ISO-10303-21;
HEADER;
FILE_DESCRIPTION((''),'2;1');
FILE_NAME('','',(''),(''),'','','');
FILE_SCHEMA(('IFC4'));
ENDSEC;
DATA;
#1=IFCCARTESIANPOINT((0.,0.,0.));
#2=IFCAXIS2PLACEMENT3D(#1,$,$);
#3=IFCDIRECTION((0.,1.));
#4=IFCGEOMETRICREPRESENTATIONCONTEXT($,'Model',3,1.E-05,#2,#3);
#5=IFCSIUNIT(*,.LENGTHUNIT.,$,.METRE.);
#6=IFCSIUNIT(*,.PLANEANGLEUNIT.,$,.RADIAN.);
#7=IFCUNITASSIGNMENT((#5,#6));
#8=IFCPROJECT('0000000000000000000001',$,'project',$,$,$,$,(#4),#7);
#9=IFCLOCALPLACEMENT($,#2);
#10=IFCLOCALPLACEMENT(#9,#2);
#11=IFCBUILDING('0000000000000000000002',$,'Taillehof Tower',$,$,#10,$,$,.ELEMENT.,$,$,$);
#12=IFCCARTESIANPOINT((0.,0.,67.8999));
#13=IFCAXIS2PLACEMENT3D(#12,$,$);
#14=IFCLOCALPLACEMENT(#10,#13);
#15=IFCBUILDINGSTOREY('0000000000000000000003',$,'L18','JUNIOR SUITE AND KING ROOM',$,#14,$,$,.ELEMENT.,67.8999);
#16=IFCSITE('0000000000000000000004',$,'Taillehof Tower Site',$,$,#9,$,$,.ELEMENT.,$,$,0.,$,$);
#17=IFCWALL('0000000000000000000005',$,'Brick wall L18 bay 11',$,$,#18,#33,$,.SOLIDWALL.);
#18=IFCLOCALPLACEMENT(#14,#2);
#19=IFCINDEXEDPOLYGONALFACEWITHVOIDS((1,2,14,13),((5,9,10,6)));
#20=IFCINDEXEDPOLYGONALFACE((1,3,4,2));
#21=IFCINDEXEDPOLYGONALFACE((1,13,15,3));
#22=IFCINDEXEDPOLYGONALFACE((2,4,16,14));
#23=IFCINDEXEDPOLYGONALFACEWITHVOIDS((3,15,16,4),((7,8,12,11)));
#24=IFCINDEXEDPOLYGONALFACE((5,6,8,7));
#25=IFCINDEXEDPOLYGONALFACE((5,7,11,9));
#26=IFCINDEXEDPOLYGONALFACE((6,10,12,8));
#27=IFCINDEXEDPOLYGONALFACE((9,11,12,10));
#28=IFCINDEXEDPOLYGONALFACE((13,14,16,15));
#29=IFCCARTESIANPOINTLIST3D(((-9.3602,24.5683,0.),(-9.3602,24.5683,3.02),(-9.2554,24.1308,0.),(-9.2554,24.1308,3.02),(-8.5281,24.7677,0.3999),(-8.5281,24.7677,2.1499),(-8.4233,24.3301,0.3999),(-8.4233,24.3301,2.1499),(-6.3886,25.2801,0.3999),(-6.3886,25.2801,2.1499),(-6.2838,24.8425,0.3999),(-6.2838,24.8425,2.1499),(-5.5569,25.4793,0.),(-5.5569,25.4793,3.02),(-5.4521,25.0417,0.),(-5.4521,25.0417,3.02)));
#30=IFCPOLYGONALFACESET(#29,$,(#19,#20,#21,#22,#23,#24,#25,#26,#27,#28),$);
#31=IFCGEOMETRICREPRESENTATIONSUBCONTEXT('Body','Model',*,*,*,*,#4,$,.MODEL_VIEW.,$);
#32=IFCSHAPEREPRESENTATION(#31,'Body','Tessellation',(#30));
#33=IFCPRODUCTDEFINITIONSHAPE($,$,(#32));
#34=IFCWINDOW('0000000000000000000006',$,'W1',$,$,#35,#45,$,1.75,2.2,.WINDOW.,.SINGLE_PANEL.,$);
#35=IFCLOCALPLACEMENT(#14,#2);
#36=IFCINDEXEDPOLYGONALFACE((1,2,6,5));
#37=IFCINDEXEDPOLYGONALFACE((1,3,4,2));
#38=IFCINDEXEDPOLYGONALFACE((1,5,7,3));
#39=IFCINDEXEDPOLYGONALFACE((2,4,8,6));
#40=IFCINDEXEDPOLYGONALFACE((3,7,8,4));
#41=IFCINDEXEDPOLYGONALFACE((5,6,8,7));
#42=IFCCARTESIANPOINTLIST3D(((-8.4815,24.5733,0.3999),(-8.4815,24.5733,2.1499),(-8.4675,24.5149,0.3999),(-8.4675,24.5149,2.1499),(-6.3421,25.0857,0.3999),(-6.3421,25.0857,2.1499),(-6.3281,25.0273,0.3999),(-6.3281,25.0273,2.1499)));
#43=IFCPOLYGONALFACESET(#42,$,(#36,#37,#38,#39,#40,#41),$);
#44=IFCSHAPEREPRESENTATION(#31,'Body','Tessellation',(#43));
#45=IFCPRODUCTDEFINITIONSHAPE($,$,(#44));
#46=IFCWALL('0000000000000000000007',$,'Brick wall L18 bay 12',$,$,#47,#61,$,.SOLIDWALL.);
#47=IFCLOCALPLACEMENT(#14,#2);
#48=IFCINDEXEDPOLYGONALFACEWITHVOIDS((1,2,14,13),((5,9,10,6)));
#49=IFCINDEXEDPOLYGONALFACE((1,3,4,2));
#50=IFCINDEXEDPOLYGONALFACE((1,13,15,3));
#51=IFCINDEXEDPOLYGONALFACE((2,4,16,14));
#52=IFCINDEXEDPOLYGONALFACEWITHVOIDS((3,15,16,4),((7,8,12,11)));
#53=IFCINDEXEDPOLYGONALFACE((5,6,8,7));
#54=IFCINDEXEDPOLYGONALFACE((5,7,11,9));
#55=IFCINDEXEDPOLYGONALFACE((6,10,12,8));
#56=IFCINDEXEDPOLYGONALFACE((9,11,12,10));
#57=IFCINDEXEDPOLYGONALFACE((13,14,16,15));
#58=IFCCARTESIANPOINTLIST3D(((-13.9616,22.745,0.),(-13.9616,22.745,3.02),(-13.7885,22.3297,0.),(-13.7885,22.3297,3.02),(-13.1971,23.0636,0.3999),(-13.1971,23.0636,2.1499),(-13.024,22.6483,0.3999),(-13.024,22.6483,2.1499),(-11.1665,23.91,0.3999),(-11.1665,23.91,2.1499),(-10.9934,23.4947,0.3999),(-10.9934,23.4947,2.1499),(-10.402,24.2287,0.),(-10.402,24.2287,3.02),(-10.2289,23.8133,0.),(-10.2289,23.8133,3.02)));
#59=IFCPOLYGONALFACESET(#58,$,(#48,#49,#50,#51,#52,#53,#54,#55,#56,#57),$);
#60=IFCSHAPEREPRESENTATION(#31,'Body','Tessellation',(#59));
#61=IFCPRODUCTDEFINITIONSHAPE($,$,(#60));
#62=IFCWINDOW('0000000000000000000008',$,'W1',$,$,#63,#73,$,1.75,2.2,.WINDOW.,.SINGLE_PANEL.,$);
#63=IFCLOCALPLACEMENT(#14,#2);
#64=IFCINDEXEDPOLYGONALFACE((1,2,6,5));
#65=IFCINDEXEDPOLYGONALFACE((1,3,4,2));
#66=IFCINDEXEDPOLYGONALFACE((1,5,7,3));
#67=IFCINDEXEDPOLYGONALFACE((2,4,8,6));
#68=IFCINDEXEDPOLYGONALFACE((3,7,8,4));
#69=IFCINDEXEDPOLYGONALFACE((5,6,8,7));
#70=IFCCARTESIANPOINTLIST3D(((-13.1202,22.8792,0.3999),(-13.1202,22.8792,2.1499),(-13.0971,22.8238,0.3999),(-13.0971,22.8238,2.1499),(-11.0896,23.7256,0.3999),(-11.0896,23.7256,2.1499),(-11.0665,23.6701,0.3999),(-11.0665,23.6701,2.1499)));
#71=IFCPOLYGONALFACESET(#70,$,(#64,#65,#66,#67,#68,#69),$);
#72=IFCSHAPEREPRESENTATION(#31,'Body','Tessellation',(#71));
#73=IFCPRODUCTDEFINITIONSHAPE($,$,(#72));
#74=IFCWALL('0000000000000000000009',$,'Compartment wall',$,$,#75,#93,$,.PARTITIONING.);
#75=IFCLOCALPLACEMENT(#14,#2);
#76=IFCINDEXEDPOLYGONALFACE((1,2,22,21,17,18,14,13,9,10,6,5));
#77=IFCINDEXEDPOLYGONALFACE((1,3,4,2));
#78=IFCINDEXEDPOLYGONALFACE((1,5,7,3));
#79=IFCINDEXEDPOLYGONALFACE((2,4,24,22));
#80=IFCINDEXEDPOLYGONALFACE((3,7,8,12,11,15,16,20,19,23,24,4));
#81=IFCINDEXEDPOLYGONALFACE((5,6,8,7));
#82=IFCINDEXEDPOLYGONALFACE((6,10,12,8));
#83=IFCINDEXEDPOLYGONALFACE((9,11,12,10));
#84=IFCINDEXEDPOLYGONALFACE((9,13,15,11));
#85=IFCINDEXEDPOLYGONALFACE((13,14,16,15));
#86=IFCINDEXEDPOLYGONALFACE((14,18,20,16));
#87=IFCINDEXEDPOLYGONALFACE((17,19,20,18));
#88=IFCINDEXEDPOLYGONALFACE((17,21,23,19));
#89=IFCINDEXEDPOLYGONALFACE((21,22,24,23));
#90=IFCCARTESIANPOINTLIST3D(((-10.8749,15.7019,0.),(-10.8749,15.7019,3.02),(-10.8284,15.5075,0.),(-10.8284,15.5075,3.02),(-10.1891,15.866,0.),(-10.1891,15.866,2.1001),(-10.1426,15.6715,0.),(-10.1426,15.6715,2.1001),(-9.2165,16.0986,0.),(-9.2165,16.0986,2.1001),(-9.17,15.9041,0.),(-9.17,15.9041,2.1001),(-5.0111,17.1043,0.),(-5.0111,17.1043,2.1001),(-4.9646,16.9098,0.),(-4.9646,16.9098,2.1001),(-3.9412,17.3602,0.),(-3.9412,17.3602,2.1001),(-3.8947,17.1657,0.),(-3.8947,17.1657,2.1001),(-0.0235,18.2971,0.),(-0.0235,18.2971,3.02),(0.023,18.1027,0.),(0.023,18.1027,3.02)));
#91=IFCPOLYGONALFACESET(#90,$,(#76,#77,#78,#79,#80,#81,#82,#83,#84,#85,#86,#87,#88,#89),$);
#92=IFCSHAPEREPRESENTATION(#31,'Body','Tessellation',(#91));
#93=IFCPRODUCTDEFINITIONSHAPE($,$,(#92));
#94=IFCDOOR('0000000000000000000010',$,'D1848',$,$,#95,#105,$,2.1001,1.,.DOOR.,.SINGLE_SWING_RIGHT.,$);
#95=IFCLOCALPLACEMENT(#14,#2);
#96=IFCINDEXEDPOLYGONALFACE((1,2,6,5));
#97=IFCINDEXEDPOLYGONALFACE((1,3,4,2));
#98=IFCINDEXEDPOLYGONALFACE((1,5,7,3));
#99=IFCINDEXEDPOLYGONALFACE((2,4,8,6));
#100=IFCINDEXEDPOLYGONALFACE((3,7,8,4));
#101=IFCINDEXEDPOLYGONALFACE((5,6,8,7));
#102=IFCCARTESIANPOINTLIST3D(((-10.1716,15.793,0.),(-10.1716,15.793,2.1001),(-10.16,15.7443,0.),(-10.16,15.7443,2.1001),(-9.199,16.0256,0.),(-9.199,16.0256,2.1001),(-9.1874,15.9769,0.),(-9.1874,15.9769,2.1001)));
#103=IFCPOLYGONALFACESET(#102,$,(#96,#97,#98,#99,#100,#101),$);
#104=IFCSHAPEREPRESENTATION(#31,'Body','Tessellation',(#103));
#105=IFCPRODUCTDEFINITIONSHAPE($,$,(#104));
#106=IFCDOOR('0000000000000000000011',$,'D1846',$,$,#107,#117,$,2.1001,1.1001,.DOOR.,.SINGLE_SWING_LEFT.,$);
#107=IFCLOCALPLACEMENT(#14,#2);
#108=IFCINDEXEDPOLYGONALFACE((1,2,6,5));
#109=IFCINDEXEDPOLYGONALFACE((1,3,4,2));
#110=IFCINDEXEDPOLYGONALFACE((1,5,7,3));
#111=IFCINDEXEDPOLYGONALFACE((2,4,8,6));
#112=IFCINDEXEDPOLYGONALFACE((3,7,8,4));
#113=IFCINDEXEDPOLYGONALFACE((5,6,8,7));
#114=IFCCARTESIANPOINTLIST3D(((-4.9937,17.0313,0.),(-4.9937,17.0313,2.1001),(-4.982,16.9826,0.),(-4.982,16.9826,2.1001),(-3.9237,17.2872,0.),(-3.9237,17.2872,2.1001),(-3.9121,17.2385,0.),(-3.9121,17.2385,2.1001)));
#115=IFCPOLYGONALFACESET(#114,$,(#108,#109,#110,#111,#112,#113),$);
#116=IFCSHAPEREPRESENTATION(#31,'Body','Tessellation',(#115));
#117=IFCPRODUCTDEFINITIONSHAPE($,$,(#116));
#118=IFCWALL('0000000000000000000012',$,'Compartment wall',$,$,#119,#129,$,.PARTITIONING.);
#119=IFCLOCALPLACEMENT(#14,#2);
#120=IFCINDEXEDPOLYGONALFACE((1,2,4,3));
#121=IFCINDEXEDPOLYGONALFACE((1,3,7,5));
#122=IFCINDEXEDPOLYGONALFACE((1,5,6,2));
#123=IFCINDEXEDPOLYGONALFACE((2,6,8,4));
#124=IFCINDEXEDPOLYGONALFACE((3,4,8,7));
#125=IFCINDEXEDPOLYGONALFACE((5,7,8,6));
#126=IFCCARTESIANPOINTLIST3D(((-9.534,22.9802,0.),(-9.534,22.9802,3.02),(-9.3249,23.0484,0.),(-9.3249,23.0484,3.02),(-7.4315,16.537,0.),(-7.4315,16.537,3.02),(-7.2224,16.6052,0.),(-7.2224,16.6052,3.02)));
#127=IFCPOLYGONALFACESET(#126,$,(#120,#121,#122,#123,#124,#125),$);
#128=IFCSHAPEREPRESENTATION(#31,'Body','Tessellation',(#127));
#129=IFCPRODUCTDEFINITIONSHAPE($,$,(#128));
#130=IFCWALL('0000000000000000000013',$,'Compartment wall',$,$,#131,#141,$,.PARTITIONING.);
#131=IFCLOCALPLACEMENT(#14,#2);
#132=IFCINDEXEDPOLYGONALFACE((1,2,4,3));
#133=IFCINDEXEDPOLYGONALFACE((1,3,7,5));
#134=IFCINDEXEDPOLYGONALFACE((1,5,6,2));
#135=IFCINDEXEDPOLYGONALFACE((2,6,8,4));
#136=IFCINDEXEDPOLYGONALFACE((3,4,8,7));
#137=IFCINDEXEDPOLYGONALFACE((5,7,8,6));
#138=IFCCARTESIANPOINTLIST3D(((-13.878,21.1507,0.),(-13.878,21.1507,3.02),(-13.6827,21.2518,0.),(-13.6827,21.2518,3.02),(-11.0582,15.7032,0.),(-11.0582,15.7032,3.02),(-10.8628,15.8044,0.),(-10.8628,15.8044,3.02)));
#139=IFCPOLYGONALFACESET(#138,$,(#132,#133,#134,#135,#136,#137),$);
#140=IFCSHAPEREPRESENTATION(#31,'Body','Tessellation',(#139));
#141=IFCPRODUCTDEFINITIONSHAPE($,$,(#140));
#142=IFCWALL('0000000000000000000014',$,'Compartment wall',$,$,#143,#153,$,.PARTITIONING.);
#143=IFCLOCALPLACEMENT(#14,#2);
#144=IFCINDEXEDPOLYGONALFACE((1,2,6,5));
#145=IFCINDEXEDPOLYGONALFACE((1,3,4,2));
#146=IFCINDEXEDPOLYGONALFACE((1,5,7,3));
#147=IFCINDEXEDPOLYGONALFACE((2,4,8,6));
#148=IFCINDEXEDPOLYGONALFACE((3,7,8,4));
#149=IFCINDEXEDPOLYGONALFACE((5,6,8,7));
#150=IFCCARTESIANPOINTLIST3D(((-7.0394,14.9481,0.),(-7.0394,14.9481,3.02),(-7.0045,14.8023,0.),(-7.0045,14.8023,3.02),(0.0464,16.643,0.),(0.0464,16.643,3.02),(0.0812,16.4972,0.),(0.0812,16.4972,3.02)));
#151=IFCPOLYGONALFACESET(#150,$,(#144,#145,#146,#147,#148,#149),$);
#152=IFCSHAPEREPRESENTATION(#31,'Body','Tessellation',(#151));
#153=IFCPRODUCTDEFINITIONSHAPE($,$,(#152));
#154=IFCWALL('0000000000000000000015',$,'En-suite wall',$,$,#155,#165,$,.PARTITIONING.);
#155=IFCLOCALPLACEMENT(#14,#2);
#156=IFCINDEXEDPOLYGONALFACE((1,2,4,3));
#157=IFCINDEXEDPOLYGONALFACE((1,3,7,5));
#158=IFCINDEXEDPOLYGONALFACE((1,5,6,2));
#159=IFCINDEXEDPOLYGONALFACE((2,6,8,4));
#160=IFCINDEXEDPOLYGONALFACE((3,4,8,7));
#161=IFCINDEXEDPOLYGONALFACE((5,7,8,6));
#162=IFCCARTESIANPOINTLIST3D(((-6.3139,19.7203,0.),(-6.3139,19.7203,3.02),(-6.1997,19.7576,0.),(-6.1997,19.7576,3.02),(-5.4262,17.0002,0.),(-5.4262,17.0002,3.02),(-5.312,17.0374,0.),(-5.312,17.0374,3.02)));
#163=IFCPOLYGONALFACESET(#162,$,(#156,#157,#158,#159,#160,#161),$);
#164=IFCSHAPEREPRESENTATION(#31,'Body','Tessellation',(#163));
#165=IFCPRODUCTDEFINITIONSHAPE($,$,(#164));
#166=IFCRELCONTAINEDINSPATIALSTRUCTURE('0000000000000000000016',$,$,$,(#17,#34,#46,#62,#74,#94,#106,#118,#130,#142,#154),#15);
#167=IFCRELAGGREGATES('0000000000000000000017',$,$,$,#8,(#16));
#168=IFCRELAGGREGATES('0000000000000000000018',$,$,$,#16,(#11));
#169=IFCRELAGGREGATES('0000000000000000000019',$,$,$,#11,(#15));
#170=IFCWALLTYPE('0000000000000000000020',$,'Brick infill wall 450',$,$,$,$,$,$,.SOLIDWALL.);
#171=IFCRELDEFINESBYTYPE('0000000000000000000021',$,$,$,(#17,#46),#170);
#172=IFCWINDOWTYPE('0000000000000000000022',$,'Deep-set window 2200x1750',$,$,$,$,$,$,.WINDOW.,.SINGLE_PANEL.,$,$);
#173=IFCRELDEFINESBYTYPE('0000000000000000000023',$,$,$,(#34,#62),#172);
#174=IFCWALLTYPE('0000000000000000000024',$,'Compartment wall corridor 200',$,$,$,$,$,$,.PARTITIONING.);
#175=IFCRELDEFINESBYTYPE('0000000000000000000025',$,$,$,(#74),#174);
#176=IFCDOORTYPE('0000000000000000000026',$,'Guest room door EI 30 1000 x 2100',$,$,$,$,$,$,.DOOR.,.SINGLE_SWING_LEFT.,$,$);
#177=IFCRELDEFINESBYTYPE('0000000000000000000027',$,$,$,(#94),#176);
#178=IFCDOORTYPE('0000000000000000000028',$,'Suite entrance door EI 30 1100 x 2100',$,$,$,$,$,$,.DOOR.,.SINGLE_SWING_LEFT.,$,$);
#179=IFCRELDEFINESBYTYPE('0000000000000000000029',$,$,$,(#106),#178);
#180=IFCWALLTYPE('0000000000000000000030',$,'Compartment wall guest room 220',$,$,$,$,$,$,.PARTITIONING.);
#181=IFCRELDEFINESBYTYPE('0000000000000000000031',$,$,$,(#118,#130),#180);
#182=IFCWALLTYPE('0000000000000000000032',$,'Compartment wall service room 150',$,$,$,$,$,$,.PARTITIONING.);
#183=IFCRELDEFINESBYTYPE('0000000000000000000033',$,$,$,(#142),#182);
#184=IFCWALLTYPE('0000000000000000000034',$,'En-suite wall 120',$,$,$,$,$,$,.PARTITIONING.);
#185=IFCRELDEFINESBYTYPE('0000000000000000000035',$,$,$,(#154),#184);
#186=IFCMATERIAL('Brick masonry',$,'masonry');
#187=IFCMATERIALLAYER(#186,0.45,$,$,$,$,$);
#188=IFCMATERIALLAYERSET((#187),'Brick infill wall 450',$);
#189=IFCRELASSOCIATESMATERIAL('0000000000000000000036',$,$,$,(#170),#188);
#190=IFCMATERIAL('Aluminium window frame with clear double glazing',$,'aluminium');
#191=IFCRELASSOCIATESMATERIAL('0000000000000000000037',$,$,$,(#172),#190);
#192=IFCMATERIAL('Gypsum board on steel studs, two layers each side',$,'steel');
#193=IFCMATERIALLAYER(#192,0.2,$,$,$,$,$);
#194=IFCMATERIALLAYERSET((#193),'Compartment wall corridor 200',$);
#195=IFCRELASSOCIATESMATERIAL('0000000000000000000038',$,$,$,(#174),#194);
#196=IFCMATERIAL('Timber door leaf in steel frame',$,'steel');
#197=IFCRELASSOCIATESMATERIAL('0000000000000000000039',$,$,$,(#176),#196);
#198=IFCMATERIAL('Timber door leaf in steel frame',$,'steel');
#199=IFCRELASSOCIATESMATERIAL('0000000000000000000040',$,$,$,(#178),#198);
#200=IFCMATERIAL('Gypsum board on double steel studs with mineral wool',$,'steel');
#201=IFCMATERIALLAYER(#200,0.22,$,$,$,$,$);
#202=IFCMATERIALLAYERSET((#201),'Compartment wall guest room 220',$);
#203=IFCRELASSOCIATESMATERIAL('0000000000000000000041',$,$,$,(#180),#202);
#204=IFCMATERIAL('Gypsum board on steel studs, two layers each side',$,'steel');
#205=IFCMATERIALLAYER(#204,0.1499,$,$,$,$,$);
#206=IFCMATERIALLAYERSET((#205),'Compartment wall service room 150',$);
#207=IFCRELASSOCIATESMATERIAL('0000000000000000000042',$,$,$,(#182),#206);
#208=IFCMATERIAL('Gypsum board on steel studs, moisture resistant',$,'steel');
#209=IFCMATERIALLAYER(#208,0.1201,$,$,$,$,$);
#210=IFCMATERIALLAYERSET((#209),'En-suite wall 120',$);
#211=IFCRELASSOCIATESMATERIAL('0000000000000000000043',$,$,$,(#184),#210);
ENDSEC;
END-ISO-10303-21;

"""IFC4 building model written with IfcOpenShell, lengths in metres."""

from ifc_helpers import new_model, si_unit, direction, frame, frame_2d, origin, place, context, subcontext, project, spatial, rectangle, extrude, material, layer, layer_set, type_object, element, fill, save


model = new_model("IFC4")

# Units and contexts
model_context = context("Model", 3, precision=1e-05, world=origin(), true_north=direction((0.0, 1.0)))
body_context = subcontext(model_context, "Body", "Model", "MODEL_VIEW")
ifc_project = project(units=[si_unit("LENGTHUNIT", "METRE"), si_unit("PLANEANGLEUNIT", "RADIAN")], contexts=[model_context])

# Site, building, storey
site_placement = place(None, origin())
site = spatial("IfcSite", under=ifc_project, at=site_placement, Name="Taillehof Tower Site", CompositionType="ELEMENT", RefElevation=0.0)
building_placement = place(site_placement, origin())
building = spatial("IfcBuilding", under=site, at=building_placement, Name="Taillehof Tower", CompositionType="ELEMENT")
storey_placement = place(building_placement, frame((0.0, 0.0, 67.8999)))
storey = spatial("IfcBuildingStorey", under=building, at=storey_placement, Name="L18", Description="JUNIOR SUITE AND KING ROOM", CompositionType="ELEMENT", Elevation=67.8999)

# Walls, openings, windows
ifc_material_1 = material(Name="Brick masonry", Category="masonry")
ifc_layer_1 = layer(ifc_material_1, 0.45)
ifc_layer_set_1 = layer_set([ifc_layer_1], Name="Brick infill wall 450")
wall_type_1 = type_object("IfcWallType", Name="Brick infill wall 450", PredefinedType="SOLIDWALL", material=ifc_layer_set_1)
ifc_material_2 = material(Name="Aluminium window frame with clear double glazing", Category="aluminium")
window_type = type_object("IfcWindowType", Name="Deep-set window 2200x1750", PartitioningType="SINGLE_PANEL", PredefinedType="WINDOW", material=ifc_material_2)
wall_1_placement = place(storey_placement, frame((-5.5044, 25.2605, 0.0), z_axis=(0.0, 0.0, 1.0), x_axis=(-0.972497, -0.232917, 0.0)))
wall_1 = element("IfcWall", 1, at=wall_1_placement, inside=storey, type_object=wall_type_1, Name="Brick wall L18 bay 11", PredefinedType="SOLIDWALL", context=body_context, shape_type="SweptSolid", body=[
    extrude(rectangle(XDim=3.9109, YDim=0.45, at=frame_2d((1.9556, 0.0))), origin(), (0.0, 0.0, 1.0), 3.02),
])
opening_1_placement = place(wall_1_placement, frame((0.8552, 0.0, 0.3999)))
opening_1 = element("IfcOpeningElement", 2, at=opening_1_placement, cuts=wall_1, PredefinedType="OPENING", context=body_context, shape_type="SweptSolid", body=[
    extrude(rectangle(XDim=2.2, YDim=1.75, at=frame_2d((1.1001, 0.875))), frame((0.0, 0.2349, 0.0), z_axis=(0.0, -1.0, 0.0), x_axis=(1.0, 0.0, 0.0)), (0.0, 0.0, 1.0), 0.47),
])
window_1_placement = place(opening_1_placement, origin())
window_1 = element("IfcWindow", 3, at=window_1_placement, inside=storey, type_object=window_type, Name="W1", OverallHeight=1.75, OverallWidth=2.2, PartitioningType="SINGLE_PANEL", PredefinedType="WINDOW", context=body_context, shape_type="SweptSolid", body=[
    extrude(rectangle(XDim=2.2, YDim=1.75, at=frame_2d((1.1001, 0.875))), frame((0.0, 0.0349, 0.0), z_axis=(0.0, -1.0, 0.0), x_axis=(1.0, 0.0, 0.0)), (0.0, 0.0, 1.0), 0.0601),
])
fill(opening_1, window_1)
wall_2_placement = place(storey_placement, frame((-10.3154, 24.021, 0.0), z_axis=(0.0, 0.0, 1.0), x_axis=(-0.923032, -0.384723, 0.0)))
wall_2 = element("IfcWall", 4, at=wall_2_placement, inside=storey, type_object=wall_type_1, Name="Brick wall L18 bay 12", PredefinedType="SOLIDWALL", context=body_context, shape_type="SweptSolid", body=[
    extrude(rectangle(XDim=3.8564, YDim=0.45, at=frame_2d((1.9282, 0.0))), origin(), (0.0, 0.0, 1.0), 3.02),
])
opening_2_placement = place(wall_2_placement, frame((0.8281, 0.0, 0.3999)))
opening_2 = element("IfcOpeningElement", 5, at=opening_2_placement, cuts=wall_2, PredefinedType="OPENING", context=body_context, shape_type="SweptSolid", body=[
    extrude(rectangle(XDim=2.2, YDim=1.75, at=frame_2d((1.1001, 0.875))), frame((0.0, 0.2349, 0.0), z_axis=(0.0, -1.0, 0.0), x_axis=(1.0, 0.0, 0.0)), (0.0, 0.0, 1.0), 0.47),
])
window_2_placement = place(opening_2_placement, origin())
window_2 = element("IfcWindow", 6, at=window_2_placement, inside=storey, type_object=window_type, Name="W1", OverallHeight=1.75, OverallWidth=2.2, PartitioningType="SINGLE_PANEL", PredefinedType="WINDOW", context=body_context, shape_type="SweptSolid", body=[
    extrude(rectangle(XDim=2.2, YDim=1.75, at=frame_2d((1.1001, 0.875))), frame((0.0, 0.0349, 0.0), z_axis=(0.0, -1.0, 0.0), x_axis=(1.0, 0.0, 0.0)), (0.0, 0.0, 1.0), 0.0601),
])
fill(opening_2, window_2)

# Wall, openings, doors
ifc_material_3 = material(Name="Gypsum board on steel studs, two layers each side", Category="steel")
ifc_layer_2 = layer(ifc_material_3, 0.2)
ifc_layer_set_2 = layer_set([ifc_layer_2], Name="Compartment wall corridor 200")
wall_type_2 = type_object("IfcWallType", Name="Compartment wall corridor 200", PredefinedType="PARTITIONING", material=ifc_layer_set_2)
wall_3_placement = place(storey_placement, frame((-10.8516, 15.6047, 0.0), z_axis=(0.0, 0.0, 1.0), x_axis=(0.972573, 0.232597, 0.0)))
wall_3 = element("IfcWall", 7, at=wall_3_placement, inside=storey, type_object=wall_type_2, Name="Compartment wall", PredefinedType="PARTITIONING", context=body_context, shape_type="SweptSolid", body=[
    extrude(rectangle(XDim=11.1575, YDim=0.2, at=frame_2d((5.5786, 0.0))), origin(), (0.0, 0.0, 1.0), 3.02),
])
opening_3_placement = place(wall_3_placement, frame((6.0291, 0.0, 0.0)))
opening_3 = element("IfcOpeningElement", 8, at=opening_3_placement, cuts=wall_3, PredefinedType="OPENING", context=body_context, shape_type="SweptSolid", body=[
    extrude(rectangle(XDim=1.1001, YDim=2.1001, at=frame_2d((0.55, 1.05))), frame((0.0, 0.1099, 0.0), z_axis=(0.0, -1.0, 0.0), x_axis=(1.0, 0.0, 0.0)), (0.0, 0.0, 1.0), 0.22),
])
opening_4_placement = place(wall_3_placement, frame((0.7051, 0.0, 0.0)))
opening_4 = element("IfcOpeningElement", 9, at=opening_4_placement, cuts=wall_3, PredefinedType="OPENING", context=body_context, shape_type="SweptSolid", body=[
    extrude(rectangle(XDim=1.0, YDim=2.1001, at=frame_2d((0.5, 1.05))), frame((0.0, 0.1099, 0.0), z_axis=(0.0, -1.0, 0.0), x_axis=(1.0, 0.0, 0.0)), (0.0, 0.0, 1.0), 0.22),
])
ifc_material_4 = material(Name="Timber door leaf in steel frame", Category="steel")
door_type_1 = type_object("IfcDoorType", Name="Guest room door EI 30 1000 x 2100", OperationType="SINGLE_SWING_LEFT", PredefinedType="DOOR", material=ifc_material_4)
door_1_placement = place(opening_4_placement, origin())
door_1 = element("IfcDoor", 10, at=door_1_placement, inside=storey, type_object=door_type_1, Name="D1848", OperationType="SINGLE_SWING_RIGHT", OverallHeight=2.1001, OverallWidth=1.0, PredefinedType="DOOR", context=body_context, shape_type="SweptSolid", body=[
    extrude(rectangle(XDim=1.0, YDim=2.1001, at=frame_2d((0.5, 1.05))), frame((0.0, 0.0249, 0.0), z_axis=(0.0, -1.0, 0.0), x_axis=(1.0, 0.0, 0.0)), (0.0, 0.0, 1.0), 0.05),
])
fill(opening_4, door_1)
ifc_material_5 = material(Name="Timber door leaf in steel frame", Category="steel")
door_type_2 = type_object("IfcDoorType", Name="Suite entrance door EI 30 1100 x 2100", OperationType="SINGLE_SWING_LEFT", PredefinedType="DOOR", material=ifc_material_5)
door_2_placement = place(opening_3_placement, origin())
door_2 = element("IfcDoor", 11, at=door_2_placement, inside=storey, type_object=door_type_2, Name="D1846", OperationType="SINGLE_SWING_LEFT", OverallHeight=2.1001, OverallWidth=1.1001, PredefinedType="DOOR", context=body_context, shape_type="SweptSolid", body=[
    extrude(rectangle(XDim=1.1001, YDim=2.1001, at=frame_2d((0.55, 1.05))), frame((0.0, 0.0249, 0.0), z_axis=(0.0, -1.0, 0.0), x_axis=(1.0, 0.0, 0.0)), (0.0, 0.0, 1.0), 0.05),
])
fill(opening_3, door_2)

# Walls
ifc_material_6 = material(Name="Gypsum board on double steel studs with mineral wool", Category="steel")
ifc_layer_3 = layer(ifc_material_6, 0.22)
ifc_layer_set_3 = layer_set([ifc_layer_3], Name="Compartment wall guest room 220")
wall_type_3 = type_object("IfcWallType", Name="Compartment wall guest room 220", PredefinedType="PARTITIONING", material=ifc_layer_set_3)
wall_4_placement = place(storey_placement, frame((-9.4294, 23.0142, 0.0), z_axis=(0.0, 0.0, 1.0), x_axis=(0.310224, -0.950664, 0.0)))
element("IfcWall", 12, at=wall_4_placement, inside=storey, type_object=wall_type_3, Name="Compartment wall", PredefinedType="PARTITIONING", context=body_context, shape_type="SweptSolid", body=[
    extrude(rectangle(XDim=6.7776, YDim=0.22, at=frame_2d((3.3887, 0.0))), origin(), (0.0, 0.0, 1.0), 3.02),
])
wall_5_placement = place(storey_placement, frame((-13.7803, 21.2012, 0.0), z_axis=(0.0, 0.0, 1.0), x_axis=(0.459699, -0.888075, 0.0)))
element("IfcWall", 13, at=wall_5_placement, inside=storey, type_object=wall_type_3, Name="Compartment wall", PredefinedType="PARTITIONING", context=body_context, shape_type="SweptSolid", body=[
    extrude(rectangle(XDim=6.134, YDim=0.22, at=frame_2d((3.0669, 0.0))), origin(), (0.0, 0.0, 1.0), 3.02),
])
ifc_material_7 = material(Name="Gypsum board on steel studs, two layers each side", Category="steel")
ifc_layer_4 = layer(ifc_material_7, 0.1499)
ifc_layer_set_4 = layer_set([ifc_layer_4], Name="Compartment wall service room 150")
wall_type_4 = type_object("IfcWallType", Name="Compartment wall service room 150", PredefinedType="PARTITIONING", material=ifc_layer_set_4)
wall_6_placement = place(storey_placement, frame((-7.022, 14.8752, 0.0), z_axis=(0.0, 0.0, 1.0), x_axis=(0.972566, 0.232628, 0.0)))
element("IfcWall", 14, at=wall_6_placement, inside=storey, type_object=wall_type_4, Name="Compartment wall", PredefinedType="PARTITIONING", context=body_context, shape_type="SweptSolid", body=[
    extrude(rectangle(XDim=7.2856, YDim=0.1499, at=frame_2d((3.6428, 0.0))), origin(), (0.0, 0.0, 1.0), 3.02),
])
ifc_material_8 = material(Name="Gypsum board on steel studs, moisture resistant", Category="steel")
ifc_layer_5 = layer(ifc_material_8, 0.1201)
ifc_layer_set_5 = layer_set([ifc_layer_5], Name="En-suite wall 120")
wall_type_5 = type_object("IfcWallType", Name="En-suite wall 120", PredefinedType="PARTITIONING", material=ifc_layer_set_5)
wall_7_placement = place(storey_placement, frame((-5.3691, 17.0188, 0.0), z_axis=(0.0, 0.0, 1.0), x_axis=(-0.310232, 0.950661, 0.0)))
element("IfcWall", 15, at=wall_7_placement, inside=storey, type_object=wall_type_5, Name="En-suite wall", PredefinedType="PARTITIONING", context=body_context, shape_type="SweptSolid", body=[
    extrude(rectangle(XDim=2.8613, YDim=0.1201, at=frame_2d((1.4307, 0.0))), origin(), (0.0, 0.0, 1.0), 3.02),
])

save(model, "model.ifc")
